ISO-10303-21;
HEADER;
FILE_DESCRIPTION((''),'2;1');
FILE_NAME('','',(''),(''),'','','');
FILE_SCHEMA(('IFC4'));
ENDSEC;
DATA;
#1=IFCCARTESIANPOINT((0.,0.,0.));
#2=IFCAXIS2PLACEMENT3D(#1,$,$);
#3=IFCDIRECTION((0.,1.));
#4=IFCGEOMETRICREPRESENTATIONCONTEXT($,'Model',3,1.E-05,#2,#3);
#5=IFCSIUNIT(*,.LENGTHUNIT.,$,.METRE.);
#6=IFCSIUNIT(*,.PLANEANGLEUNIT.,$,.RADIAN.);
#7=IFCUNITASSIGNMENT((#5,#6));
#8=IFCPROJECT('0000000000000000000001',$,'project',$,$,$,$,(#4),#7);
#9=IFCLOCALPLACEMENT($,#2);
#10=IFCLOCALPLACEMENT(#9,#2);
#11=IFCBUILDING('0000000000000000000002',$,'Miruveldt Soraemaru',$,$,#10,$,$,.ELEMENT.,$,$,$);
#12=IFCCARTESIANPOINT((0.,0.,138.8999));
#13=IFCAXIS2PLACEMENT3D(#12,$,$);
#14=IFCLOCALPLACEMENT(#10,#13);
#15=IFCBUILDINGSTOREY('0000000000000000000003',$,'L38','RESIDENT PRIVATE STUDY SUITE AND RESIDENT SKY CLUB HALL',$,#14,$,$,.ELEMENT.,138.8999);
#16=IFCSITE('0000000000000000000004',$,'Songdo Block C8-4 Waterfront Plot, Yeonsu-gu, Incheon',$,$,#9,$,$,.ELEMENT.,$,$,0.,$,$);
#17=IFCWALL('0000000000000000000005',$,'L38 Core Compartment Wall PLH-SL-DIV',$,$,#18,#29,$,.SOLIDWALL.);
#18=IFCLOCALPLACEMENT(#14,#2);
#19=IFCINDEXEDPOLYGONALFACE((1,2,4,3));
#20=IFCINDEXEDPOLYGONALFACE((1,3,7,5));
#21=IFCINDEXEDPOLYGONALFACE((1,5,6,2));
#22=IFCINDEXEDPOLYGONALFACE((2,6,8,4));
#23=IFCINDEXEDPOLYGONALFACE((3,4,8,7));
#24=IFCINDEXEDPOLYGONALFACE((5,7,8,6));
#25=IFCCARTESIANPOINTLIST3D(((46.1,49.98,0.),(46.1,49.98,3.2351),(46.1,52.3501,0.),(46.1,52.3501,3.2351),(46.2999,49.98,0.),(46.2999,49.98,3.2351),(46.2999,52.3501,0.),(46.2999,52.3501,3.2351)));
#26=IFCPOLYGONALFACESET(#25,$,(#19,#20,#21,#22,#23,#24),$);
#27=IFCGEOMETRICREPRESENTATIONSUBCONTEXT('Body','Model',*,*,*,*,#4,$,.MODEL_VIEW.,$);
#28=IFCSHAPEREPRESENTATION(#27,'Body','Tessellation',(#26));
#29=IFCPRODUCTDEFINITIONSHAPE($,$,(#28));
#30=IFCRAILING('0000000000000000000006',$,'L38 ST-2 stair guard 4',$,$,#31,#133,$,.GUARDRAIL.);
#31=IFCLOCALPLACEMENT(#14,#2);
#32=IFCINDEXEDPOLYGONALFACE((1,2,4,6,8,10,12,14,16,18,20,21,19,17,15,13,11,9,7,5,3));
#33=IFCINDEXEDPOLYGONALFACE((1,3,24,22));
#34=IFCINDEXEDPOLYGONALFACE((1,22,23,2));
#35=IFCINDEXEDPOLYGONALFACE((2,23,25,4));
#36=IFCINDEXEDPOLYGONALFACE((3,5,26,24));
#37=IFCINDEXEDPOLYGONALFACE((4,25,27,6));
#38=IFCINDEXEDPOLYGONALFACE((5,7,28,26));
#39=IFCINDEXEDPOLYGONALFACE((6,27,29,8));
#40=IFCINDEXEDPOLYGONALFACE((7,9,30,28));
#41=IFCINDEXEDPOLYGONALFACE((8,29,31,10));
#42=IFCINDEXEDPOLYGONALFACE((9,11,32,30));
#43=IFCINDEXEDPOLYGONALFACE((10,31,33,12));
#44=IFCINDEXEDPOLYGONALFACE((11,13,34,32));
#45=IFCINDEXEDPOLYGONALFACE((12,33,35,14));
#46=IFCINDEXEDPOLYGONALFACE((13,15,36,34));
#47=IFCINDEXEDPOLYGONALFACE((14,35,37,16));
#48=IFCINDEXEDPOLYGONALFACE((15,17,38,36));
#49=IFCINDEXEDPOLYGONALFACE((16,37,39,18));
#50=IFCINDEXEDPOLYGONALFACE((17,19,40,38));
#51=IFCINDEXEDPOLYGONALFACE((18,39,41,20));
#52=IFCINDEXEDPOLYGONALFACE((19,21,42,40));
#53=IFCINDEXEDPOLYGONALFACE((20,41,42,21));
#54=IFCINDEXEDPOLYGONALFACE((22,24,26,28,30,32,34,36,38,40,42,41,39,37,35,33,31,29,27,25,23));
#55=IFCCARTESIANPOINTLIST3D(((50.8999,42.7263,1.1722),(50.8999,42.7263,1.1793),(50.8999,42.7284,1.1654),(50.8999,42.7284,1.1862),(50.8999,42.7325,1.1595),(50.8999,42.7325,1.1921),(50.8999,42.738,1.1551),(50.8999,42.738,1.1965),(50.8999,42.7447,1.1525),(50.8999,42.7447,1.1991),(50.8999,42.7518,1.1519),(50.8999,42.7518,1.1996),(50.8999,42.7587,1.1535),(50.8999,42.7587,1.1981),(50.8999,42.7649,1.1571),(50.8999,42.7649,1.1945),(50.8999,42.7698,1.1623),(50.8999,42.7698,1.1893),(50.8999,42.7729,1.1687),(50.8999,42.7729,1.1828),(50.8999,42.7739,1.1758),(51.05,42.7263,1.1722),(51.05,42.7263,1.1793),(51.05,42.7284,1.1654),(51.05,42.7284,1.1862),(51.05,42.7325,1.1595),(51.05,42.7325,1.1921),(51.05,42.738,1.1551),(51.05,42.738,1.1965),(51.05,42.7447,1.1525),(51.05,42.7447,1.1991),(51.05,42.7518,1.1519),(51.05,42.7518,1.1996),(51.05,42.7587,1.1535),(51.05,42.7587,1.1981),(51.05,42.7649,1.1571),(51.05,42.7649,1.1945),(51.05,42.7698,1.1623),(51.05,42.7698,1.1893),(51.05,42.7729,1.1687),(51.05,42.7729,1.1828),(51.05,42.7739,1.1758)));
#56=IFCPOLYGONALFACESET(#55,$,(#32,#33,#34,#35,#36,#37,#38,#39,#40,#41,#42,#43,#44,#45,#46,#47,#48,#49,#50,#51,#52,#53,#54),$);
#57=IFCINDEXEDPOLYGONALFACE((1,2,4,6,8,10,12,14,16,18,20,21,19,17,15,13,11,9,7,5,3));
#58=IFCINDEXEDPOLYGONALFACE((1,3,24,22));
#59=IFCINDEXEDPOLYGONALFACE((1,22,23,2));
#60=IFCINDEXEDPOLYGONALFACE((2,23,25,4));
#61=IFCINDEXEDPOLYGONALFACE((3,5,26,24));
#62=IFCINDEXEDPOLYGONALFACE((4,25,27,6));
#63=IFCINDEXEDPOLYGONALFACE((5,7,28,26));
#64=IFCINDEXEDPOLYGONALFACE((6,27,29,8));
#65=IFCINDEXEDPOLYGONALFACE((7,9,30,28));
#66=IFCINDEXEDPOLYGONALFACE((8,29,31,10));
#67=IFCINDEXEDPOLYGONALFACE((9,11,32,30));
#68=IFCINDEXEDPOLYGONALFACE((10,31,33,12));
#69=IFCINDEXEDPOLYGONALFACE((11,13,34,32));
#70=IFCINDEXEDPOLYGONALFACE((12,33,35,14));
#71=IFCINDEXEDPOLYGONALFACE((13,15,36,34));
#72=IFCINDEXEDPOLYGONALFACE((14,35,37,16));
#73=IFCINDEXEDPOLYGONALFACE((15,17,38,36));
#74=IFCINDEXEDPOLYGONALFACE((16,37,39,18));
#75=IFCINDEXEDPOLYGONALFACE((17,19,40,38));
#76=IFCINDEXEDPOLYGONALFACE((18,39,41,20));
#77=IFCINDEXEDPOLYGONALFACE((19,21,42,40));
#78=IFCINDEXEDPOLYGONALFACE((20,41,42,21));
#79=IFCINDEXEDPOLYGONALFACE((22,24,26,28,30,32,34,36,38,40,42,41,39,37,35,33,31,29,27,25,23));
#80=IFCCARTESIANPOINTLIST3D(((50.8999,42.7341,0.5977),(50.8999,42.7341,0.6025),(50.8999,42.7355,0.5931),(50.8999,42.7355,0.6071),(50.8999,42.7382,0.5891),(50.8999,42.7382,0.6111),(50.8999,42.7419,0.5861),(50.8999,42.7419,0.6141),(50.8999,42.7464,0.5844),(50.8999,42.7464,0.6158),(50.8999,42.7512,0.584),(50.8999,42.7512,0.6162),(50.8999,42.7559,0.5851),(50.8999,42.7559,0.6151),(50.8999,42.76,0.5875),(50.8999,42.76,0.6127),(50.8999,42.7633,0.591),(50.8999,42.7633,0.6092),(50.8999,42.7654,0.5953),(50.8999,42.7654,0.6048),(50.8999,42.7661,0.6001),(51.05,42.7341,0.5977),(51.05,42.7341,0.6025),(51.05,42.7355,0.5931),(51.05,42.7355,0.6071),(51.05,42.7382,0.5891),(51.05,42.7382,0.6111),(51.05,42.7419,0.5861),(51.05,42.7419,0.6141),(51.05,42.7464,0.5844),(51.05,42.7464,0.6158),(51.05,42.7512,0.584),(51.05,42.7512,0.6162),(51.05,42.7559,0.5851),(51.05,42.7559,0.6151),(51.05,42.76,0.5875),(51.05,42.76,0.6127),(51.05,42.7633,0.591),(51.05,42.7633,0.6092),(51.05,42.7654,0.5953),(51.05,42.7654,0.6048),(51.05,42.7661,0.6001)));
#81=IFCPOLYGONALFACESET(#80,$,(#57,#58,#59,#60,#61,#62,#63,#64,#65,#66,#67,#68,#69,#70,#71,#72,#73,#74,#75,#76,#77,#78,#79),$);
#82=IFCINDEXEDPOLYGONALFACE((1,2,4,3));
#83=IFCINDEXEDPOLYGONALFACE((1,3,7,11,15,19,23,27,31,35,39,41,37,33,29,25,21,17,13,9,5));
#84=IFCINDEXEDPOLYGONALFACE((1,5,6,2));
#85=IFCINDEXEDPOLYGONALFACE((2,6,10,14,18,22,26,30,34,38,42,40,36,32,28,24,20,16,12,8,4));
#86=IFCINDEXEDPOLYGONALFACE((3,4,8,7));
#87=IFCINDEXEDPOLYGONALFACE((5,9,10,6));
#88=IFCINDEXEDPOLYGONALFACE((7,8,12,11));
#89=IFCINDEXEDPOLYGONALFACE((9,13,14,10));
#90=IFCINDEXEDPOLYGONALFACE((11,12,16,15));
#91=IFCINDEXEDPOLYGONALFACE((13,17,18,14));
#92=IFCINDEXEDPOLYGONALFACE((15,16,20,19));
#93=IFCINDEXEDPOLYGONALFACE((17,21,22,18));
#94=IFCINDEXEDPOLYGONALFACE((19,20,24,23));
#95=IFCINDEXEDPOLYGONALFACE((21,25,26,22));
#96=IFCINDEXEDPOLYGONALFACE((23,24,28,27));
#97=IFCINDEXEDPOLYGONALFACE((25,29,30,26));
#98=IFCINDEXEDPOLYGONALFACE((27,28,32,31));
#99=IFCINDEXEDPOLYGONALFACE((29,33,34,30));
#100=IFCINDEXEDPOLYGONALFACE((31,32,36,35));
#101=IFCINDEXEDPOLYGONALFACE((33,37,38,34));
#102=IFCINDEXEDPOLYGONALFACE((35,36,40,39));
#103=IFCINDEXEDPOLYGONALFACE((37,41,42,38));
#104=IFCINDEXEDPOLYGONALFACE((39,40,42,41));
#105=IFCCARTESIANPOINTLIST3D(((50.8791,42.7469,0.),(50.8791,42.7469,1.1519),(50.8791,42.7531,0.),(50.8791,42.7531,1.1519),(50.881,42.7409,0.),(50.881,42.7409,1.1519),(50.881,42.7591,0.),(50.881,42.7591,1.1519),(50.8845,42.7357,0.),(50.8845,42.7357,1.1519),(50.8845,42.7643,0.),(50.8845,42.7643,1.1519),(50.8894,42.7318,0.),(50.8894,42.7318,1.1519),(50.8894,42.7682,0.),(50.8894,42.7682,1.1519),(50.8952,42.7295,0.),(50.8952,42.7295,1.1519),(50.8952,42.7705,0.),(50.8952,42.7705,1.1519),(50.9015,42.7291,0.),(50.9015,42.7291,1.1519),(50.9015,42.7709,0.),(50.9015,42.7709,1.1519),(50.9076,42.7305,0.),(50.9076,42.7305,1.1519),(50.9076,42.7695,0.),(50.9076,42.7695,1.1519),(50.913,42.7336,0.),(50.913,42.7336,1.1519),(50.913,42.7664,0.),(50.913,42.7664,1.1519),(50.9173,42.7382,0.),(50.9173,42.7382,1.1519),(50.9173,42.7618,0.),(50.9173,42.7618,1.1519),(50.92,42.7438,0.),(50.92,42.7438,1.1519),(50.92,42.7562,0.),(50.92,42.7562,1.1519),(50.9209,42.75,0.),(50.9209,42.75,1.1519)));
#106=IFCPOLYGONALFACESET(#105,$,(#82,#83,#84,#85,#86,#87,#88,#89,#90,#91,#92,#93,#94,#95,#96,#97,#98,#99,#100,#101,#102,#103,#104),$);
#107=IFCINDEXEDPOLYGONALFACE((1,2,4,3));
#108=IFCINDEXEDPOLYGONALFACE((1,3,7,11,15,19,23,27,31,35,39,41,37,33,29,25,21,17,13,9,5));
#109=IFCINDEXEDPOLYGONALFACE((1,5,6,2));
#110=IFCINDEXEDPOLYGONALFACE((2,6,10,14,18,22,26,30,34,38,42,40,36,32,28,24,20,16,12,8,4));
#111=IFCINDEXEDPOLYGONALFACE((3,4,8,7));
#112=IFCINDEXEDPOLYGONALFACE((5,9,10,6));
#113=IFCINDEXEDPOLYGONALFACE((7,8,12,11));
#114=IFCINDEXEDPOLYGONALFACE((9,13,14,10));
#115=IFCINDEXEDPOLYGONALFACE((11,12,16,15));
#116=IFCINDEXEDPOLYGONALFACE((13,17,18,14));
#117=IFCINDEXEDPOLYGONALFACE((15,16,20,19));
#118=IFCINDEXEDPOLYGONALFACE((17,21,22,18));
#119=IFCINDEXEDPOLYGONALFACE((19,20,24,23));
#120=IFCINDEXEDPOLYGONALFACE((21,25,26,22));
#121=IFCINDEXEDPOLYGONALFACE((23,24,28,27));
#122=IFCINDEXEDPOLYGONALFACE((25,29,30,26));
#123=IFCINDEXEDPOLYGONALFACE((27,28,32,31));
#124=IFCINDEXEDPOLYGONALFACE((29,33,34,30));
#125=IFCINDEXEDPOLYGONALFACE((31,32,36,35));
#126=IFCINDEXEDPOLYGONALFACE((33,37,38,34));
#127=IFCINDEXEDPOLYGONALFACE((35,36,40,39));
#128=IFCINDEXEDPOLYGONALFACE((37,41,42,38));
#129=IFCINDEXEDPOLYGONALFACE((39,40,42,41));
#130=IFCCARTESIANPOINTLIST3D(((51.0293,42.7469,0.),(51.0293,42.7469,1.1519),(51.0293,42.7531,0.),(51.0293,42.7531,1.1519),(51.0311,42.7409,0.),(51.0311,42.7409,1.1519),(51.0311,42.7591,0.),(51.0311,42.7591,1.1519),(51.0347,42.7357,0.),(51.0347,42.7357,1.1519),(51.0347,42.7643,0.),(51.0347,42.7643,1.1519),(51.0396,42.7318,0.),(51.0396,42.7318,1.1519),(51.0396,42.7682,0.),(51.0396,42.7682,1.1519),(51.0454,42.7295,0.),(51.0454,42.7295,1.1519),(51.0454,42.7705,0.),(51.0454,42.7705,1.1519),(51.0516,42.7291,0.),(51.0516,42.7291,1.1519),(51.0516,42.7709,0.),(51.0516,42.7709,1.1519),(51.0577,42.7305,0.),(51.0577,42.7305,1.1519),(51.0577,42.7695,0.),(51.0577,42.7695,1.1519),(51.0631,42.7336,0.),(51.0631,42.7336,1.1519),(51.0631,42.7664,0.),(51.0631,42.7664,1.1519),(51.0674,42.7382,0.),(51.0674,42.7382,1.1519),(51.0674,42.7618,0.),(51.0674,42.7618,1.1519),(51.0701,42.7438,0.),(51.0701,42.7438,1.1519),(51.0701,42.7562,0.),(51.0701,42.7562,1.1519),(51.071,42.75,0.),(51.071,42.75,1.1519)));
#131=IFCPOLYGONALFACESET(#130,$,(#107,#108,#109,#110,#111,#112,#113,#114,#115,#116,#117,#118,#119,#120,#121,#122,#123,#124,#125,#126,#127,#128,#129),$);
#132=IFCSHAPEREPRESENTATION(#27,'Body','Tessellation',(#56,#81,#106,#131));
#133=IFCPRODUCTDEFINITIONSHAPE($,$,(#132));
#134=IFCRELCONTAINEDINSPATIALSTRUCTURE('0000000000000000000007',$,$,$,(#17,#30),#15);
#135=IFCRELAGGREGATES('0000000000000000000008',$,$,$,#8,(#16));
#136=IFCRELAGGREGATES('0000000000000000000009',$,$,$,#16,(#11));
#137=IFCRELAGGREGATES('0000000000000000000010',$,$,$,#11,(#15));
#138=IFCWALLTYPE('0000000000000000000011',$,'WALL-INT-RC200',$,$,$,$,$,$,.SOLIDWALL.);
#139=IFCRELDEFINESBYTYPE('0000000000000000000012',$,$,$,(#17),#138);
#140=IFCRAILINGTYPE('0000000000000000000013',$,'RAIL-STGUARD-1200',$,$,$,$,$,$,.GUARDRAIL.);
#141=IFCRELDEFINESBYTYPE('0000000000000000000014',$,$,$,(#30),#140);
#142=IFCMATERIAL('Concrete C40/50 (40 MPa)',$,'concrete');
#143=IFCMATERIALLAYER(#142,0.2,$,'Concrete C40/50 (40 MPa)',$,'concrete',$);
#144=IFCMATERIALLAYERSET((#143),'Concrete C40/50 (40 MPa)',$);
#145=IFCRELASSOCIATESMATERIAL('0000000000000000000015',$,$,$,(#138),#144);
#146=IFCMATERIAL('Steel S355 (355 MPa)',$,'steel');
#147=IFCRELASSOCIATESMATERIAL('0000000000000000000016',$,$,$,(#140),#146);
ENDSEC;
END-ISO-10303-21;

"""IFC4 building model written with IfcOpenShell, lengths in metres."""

from ifc_helpers import new_model, si_unit, direction, frame, frame_2d, origin, origin_2d, place, context, subcontext, project, spatial, rectangle, circle, extrude, material, layer, layer_set, type_object, element, save


model = new_model("IFC4")

# Units and contexts
model_context = context("Model", 3, precision=1e-05, world=origin(), true_north=direction((0.0, 1.0)))
body_context = subcontext(model_context, "Body", "Model", "MODEL_VIEW")
ifc_project = project(units=[si_unit("LENGTHUNIT", "METRE"), si_unit("PLANEANGLEUNIT", "RADIAN")], contexts=[model_context])

# Site, building, storey
site_placement = place(None, origin())
site = spatial("IfcSite", under=ifc_project, at=site_placement, Name="Songdo Block C8-4 Waterfront Plot, Yeonsu-gu, Incheon", CompositionType="ELEMENT", RefElevation=0.0)
building_placement = place(site_placement, origin())
building = spatial("IfcBuilding", under=site, at=building_placement, Name="Miruveldt Soraemaru", CompositionType="ELEMENT")
storey_placement = place(building_placement, frame((0.0, 0.0, 138.8999)))
storey = spatial("IfcBuildingStorey", under=building, at=storey_placement, Name="L38", Description="RESIDENT PRIVATE STUDY SUITE AND RESIDENT SKY CLUB HALL", CompositionType="ELEMENT", Elevation=138.8999)

# Shared definitions
ifc_material_1 = material(Name="Concrete C40/50 (40 MPa)", Category="concrete")

# Shared definitions
ifc_layer_1 = layer(ifc_material_1, 0.2, Name="Concrete C40/50 (40 MPa)", Category="concrete")
ifc_layer_set_1 = layer_set([ifc_layer_1], Name="Concrete C40/50 (40 MPa)")
wall_type_1 = type_object("IfcWallType", Name="WALL-INT-RC200", PredefinedType="SOLIDWALL", material=ifc_layer_set_1)

# Wall
wall_1_placement = place(storey_placement, frame((46.2, 49.98, 0.0), z_axis=(0.0, 0.0, 1.0), x_axis=(0.0, 1.0, 0.0)))
element("IfcWall", 1, at=wall_1_placement, inside=storey, type_object=wall_type_1, Name="L38 Core Compartment Wall PLH-SL-DIV", PredefinedType="SOLIDWALL", context=body_context, shape_type="SweptSolid", body=[
    extrude(rectangle(XDim=2.3701, YDim=0.2, at=frame_2d((1.1851, 0.0))), origin(), (0.0, 0.0, 1.0), 3.2351),
])

# Railing
ifc_material_2 = material(Name="Steel S355 (355 MPa)", Category="steel")
railing_type = type_object("IfcRailingType", Name="RAIL-STGUARD-1200", PredefinedType="GUARDRAIL", material=ifc_material_2)
railing_placement = place(storey_placement, frame((50.8999, 42.75, 0.0)))
element("IfcRailing", 2, at=railing_placement, inside=storey, type_object=railing_type, Name="L38 ST-2 stair guard 4", PredefinedType="GUARDRAIL", context=body_context, shape_type="SweptSolid", body=[
    extrude(circle(Radius=0.0239, at=origin_2d()), frame((0.0, 0.0, 1.1758), z_axis=(1.0, 0.0, 0.0), x_axis=(0.0, 1.0, 0.0)), (0.0, 0.0, 1.0), 0.1501),
    extrude(circle(Radius=0.0161, at=origin_2d()), frame((0.0, 0.0, 0.6001), z_axis=(1.0, 0.0, 0.0), x_axis=(0.0, 1.0, 0.0)), (0.0, 0.0, 1.0), 0.1501),
    extrude(circle(Radius=0.021, at=origin_2d()), origin(), (0.0, 0.0, 1.0), 1.1519),
    extrude(circle(Radius=0.021, at=origin_2d()), frame((0.1501, 0.0, 0.0)), (0.0, 0.0, 1.0), 1.1519),
])

save(model, "model.ifc")
